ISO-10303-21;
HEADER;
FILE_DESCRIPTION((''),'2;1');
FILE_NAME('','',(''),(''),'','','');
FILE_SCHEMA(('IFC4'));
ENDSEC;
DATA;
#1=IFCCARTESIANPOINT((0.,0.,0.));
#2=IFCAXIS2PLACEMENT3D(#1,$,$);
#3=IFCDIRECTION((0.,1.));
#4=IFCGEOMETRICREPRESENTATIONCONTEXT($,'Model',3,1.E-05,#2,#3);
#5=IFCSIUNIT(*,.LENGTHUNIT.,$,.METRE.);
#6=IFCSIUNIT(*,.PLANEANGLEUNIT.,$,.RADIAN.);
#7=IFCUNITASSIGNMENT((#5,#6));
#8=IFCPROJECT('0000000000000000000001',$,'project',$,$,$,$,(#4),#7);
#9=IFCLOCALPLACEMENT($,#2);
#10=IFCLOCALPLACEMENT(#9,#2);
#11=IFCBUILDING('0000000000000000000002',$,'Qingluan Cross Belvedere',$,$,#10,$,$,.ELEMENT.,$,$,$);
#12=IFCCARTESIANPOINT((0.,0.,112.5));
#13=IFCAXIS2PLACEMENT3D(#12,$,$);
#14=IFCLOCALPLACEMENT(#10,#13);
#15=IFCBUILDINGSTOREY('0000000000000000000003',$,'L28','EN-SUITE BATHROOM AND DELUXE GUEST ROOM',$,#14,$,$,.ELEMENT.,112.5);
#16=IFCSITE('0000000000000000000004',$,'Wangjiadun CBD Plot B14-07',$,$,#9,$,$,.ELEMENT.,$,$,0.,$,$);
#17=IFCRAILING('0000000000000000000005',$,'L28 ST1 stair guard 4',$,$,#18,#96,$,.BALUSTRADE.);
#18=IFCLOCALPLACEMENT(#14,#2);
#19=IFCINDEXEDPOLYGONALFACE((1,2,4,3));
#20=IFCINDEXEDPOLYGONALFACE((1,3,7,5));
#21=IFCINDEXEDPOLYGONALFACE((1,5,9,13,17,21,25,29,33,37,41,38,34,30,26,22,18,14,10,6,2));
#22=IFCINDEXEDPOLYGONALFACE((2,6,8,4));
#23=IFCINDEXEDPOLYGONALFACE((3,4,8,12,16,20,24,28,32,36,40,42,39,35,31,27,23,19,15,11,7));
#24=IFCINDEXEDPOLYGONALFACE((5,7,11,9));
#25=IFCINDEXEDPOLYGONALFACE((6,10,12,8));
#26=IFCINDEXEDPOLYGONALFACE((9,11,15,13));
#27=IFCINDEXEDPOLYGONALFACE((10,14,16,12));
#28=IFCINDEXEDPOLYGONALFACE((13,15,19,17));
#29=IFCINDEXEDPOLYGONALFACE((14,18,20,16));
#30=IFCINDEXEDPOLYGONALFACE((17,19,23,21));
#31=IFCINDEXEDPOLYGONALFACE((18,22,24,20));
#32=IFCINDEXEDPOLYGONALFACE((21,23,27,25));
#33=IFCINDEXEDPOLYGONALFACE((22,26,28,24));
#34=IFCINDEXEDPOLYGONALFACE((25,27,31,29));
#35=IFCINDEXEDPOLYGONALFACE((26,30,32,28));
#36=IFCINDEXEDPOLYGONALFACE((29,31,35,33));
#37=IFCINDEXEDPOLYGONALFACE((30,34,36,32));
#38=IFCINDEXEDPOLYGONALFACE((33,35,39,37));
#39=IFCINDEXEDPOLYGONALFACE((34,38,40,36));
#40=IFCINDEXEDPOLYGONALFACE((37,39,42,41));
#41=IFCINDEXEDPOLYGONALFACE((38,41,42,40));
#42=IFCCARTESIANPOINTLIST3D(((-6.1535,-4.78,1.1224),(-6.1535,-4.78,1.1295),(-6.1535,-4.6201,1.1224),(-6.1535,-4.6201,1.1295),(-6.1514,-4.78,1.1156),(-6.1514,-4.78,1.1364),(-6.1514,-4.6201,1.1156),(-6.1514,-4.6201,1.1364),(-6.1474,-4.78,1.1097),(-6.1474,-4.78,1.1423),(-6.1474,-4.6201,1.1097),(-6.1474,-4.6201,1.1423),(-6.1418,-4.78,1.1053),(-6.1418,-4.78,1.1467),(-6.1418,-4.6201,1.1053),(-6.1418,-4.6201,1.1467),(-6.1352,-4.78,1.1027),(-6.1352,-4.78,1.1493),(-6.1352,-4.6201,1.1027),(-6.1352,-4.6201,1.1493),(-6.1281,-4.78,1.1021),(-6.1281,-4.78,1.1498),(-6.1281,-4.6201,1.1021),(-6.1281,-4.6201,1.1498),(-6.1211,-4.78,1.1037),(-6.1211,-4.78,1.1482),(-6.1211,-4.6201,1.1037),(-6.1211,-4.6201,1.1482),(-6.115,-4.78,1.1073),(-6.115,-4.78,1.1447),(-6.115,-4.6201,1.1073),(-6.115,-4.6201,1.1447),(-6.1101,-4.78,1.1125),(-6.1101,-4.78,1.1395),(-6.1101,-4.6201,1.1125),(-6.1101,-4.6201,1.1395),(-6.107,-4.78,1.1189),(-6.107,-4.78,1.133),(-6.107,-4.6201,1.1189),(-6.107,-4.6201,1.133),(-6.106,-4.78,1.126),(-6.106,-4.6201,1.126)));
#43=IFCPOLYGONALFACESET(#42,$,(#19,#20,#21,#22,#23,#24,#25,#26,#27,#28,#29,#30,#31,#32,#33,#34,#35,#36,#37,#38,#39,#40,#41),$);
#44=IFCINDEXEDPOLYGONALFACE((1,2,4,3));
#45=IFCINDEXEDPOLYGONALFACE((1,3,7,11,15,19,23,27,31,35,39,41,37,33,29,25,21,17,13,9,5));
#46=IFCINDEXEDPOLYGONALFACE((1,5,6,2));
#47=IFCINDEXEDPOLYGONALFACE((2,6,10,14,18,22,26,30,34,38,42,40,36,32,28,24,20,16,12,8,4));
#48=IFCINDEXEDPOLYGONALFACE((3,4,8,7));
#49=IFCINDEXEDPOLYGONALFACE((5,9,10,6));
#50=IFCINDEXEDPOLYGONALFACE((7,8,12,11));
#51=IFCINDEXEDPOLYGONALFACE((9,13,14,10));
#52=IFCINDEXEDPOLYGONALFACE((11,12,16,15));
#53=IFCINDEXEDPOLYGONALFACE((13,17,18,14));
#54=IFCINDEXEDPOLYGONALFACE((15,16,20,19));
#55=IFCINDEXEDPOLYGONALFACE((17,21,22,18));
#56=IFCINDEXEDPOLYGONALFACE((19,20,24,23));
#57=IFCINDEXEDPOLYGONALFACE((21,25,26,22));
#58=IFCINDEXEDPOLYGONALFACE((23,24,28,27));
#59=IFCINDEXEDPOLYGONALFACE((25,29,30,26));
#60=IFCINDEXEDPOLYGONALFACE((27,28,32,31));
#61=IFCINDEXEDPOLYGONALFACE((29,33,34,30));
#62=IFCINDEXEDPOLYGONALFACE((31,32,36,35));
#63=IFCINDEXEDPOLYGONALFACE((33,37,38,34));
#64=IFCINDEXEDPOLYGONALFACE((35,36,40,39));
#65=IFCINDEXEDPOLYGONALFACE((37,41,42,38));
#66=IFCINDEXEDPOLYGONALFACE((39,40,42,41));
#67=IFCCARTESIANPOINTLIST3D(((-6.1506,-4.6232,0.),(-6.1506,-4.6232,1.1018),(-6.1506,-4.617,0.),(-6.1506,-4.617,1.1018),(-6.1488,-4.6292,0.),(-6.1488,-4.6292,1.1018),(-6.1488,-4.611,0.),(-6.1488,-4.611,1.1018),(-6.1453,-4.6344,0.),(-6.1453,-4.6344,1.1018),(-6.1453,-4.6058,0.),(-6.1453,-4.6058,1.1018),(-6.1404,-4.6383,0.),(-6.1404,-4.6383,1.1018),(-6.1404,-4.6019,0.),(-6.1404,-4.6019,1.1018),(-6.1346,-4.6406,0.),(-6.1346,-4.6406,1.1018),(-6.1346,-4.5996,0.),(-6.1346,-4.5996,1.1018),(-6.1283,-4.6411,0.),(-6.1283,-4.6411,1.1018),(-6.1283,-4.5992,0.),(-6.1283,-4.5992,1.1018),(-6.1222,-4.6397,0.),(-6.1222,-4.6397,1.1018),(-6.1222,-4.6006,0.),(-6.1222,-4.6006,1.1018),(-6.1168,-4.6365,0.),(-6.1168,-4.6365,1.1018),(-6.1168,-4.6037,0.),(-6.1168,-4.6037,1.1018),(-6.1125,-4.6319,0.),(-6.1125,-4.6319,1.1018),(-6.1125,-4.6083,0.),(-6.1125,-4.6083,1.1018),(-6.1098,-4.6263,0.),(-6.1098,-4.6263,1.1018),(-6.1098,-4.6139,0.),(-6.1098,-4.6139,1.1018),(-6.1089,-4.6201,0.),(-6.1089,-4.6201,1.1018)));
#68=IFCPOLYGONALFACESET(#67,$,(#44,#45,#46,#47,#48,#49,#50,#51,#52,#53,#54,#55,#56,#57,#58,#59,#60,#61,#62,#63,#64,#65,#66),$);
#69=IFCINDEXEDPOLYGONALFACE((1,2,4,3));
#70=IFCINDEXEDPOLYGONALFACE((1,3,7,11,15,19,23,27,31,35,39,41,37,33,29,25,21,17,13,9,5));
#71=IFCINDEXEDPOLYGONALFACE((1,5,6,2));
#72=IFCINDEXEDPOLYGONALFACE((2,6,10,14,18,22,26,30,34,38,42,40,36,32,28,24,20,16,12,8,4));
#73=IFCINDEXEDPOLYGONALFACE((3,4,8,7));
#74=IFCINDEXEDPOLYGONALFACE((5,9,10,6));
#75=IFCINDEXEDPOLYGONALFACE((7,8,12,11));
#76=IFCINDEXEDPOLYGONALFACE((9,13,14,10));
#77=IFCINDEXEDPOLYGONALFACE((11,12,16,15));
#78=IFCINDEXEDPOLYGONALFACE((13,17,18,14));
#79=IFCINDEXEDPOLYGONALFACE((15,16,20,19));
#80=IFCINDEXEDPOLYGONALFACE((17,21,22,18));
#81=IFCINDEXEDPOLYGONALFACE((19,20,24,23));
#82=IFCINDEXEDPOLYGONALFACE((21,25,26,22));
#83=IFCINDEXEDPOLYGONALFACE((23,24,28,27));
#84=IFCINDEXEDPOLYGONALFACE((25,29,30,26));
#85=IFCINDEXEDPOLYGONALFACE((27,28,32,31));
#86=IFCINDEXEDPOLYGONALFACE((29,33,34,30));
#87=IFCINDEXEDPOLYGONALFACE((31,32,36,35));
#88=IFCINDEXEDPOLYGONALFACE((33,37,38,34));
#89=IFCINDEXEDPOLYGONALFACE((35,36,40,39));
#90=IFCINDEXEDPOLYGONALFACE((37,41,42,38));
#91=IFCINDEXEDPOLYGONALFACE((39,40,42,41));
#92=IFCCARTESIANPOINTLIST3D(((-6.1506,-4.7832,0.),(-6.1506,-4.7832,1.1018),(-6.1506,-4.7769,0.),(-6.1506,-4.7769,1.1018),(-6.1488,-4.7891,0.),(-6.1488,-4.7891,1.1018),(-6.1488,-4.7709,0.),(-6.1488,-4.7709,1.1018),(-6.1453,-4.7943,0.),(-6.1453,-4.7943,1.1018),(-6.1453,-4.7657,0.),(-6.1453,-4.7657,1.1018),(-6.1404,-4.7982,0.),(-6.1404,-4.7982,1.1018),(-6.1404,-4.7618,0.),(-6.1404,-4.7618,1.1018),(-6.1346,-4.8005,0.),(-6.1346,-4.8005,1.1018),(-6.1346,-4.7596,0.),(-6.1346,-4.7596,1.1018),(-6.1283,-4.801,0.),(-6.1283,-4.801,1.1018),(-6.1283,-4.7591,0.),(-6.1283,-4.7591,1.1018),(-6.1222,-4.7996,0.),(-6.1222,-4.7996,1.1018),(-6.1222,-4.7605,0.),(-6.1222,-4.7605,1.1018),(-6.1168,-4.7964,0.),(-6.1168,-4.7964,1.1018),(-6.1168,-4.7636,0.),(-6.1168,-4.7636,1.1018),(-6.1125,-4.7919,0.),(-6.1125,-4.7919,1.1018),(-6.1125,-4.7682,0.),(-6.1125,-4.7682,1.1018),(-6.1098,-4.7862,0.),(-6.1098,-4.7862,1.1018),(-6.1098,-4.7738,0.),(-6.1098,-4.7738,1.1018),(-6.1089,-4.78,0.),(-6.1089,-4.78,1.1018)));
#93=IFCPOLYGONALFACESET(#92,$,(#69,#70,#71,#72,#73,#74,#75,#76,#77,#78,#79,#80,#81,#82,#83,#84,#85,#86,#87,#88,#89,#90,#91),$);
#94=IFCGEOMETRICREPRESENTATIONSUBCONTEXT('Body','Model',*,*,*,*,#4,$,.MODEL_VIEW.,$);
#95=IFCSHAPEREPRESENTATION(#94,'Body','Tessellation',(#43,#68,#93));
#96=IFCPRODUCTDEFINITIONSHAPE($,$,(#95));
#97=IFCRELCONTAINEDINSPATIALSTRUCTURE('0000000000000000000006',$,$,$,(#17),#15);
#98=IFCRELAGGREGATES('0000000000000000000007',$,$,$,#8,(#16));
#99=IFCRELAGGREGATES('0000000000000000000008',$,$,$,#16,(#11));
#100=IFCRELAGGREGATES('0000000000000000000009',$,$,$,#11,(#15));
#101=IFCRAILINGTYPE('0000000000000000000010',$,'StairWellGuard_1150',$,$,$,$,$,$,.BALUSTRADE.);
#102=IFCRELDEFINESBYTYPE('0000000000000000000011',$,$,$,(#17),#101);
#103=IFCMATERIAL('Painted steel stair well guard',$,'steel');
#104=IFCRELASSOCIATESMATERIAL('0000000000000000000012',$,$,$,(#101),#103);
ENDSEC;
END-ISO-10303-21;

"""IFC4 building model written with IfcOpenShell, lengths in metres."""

from ifc_helpers import new_model, si_unit, direction, frame, origin, origin_2d, place, context, subcontext, project, spatial, circle, extrude, material, type_object, element, save


model = new_model("IFC4")

# Units and contexts
model_context = context("Model", 3, precision=1e-05, world=origin(), true_north=direction((0.0, 1.0)))
body_context = subcontext(model_context, "Body", "Model", "MODEL_VIEW")
ifc_project = project(units=[si_unit("LENGTHUNIT", "METRE"), si_unit("PLANEANGLEUNIT", "RADIAN")], contexts=[model_context])

# Site, building, storey
site_placement = place(None, origin())
site = spatial("IfcSite", under=ifc_project, at=site_placement, Name="Wangjiadun CBD Plot B14-07", CompositionType="ELEMENT", RefElevation=0.0)
building_placement = place(site_placement, origin())
building = spatial("IfcBuilding", under=site, at=building_placement, Name="Qingluan Cross Belvedere", CompositionType="ELEMENT")
storey_placement = place(building_placement, frame((0.0, 0.0, 112.5)))
storey = spatial("IfcBuildingStorey", under=building, at=storey_placement, Name="L28", Description="EN-SUITE BATHROOM AND DELUXE GUEST ROOM", CompositionType="ELEMENT", Elevation=112.5)

# Railing
ifc_material_1 = material(Name="Painted steel stair well guard", Category="steel")
railing_type_1 = type_object("IfcRailingType", Name="StairWellGuard_1150", PredefinedType="BALUSTRADE", material=ifc_material_1)
railing_1_placement = place(storey_placement, frame((-6.1299, -4.6201, 0.0)))
element("IfcRailing", 1, at=railing_1_placement, inside=storey, type_object=railing_type_1, Name="L28 ST1 stair guard 4", PredefinedType="BALUSTRADE", context=body_context, shape_type="SweptSolid", body=[
    extrude(circle(Radius=0.0239, at=origin_2d()), frame((0.0, 0.0, 1.126), z_axis=(0.0, -1.0, 0.0), x_axis=(1.0, 0.0, 0.0)), (0.0, 0.0, 1.0), 0.1599),
    extrude(circle(Radius=0.021, at=origin_2d()), origin(), (0.0, 0.0, 1.0), 1.1018),
    extrude(circle(Radius=0.021, at=origin_2d()), frame((0.0, -0.1599, 0.0)), (0.0, 0.0, 1.0), 1.1018),
])

save(model, "model.ifc")
